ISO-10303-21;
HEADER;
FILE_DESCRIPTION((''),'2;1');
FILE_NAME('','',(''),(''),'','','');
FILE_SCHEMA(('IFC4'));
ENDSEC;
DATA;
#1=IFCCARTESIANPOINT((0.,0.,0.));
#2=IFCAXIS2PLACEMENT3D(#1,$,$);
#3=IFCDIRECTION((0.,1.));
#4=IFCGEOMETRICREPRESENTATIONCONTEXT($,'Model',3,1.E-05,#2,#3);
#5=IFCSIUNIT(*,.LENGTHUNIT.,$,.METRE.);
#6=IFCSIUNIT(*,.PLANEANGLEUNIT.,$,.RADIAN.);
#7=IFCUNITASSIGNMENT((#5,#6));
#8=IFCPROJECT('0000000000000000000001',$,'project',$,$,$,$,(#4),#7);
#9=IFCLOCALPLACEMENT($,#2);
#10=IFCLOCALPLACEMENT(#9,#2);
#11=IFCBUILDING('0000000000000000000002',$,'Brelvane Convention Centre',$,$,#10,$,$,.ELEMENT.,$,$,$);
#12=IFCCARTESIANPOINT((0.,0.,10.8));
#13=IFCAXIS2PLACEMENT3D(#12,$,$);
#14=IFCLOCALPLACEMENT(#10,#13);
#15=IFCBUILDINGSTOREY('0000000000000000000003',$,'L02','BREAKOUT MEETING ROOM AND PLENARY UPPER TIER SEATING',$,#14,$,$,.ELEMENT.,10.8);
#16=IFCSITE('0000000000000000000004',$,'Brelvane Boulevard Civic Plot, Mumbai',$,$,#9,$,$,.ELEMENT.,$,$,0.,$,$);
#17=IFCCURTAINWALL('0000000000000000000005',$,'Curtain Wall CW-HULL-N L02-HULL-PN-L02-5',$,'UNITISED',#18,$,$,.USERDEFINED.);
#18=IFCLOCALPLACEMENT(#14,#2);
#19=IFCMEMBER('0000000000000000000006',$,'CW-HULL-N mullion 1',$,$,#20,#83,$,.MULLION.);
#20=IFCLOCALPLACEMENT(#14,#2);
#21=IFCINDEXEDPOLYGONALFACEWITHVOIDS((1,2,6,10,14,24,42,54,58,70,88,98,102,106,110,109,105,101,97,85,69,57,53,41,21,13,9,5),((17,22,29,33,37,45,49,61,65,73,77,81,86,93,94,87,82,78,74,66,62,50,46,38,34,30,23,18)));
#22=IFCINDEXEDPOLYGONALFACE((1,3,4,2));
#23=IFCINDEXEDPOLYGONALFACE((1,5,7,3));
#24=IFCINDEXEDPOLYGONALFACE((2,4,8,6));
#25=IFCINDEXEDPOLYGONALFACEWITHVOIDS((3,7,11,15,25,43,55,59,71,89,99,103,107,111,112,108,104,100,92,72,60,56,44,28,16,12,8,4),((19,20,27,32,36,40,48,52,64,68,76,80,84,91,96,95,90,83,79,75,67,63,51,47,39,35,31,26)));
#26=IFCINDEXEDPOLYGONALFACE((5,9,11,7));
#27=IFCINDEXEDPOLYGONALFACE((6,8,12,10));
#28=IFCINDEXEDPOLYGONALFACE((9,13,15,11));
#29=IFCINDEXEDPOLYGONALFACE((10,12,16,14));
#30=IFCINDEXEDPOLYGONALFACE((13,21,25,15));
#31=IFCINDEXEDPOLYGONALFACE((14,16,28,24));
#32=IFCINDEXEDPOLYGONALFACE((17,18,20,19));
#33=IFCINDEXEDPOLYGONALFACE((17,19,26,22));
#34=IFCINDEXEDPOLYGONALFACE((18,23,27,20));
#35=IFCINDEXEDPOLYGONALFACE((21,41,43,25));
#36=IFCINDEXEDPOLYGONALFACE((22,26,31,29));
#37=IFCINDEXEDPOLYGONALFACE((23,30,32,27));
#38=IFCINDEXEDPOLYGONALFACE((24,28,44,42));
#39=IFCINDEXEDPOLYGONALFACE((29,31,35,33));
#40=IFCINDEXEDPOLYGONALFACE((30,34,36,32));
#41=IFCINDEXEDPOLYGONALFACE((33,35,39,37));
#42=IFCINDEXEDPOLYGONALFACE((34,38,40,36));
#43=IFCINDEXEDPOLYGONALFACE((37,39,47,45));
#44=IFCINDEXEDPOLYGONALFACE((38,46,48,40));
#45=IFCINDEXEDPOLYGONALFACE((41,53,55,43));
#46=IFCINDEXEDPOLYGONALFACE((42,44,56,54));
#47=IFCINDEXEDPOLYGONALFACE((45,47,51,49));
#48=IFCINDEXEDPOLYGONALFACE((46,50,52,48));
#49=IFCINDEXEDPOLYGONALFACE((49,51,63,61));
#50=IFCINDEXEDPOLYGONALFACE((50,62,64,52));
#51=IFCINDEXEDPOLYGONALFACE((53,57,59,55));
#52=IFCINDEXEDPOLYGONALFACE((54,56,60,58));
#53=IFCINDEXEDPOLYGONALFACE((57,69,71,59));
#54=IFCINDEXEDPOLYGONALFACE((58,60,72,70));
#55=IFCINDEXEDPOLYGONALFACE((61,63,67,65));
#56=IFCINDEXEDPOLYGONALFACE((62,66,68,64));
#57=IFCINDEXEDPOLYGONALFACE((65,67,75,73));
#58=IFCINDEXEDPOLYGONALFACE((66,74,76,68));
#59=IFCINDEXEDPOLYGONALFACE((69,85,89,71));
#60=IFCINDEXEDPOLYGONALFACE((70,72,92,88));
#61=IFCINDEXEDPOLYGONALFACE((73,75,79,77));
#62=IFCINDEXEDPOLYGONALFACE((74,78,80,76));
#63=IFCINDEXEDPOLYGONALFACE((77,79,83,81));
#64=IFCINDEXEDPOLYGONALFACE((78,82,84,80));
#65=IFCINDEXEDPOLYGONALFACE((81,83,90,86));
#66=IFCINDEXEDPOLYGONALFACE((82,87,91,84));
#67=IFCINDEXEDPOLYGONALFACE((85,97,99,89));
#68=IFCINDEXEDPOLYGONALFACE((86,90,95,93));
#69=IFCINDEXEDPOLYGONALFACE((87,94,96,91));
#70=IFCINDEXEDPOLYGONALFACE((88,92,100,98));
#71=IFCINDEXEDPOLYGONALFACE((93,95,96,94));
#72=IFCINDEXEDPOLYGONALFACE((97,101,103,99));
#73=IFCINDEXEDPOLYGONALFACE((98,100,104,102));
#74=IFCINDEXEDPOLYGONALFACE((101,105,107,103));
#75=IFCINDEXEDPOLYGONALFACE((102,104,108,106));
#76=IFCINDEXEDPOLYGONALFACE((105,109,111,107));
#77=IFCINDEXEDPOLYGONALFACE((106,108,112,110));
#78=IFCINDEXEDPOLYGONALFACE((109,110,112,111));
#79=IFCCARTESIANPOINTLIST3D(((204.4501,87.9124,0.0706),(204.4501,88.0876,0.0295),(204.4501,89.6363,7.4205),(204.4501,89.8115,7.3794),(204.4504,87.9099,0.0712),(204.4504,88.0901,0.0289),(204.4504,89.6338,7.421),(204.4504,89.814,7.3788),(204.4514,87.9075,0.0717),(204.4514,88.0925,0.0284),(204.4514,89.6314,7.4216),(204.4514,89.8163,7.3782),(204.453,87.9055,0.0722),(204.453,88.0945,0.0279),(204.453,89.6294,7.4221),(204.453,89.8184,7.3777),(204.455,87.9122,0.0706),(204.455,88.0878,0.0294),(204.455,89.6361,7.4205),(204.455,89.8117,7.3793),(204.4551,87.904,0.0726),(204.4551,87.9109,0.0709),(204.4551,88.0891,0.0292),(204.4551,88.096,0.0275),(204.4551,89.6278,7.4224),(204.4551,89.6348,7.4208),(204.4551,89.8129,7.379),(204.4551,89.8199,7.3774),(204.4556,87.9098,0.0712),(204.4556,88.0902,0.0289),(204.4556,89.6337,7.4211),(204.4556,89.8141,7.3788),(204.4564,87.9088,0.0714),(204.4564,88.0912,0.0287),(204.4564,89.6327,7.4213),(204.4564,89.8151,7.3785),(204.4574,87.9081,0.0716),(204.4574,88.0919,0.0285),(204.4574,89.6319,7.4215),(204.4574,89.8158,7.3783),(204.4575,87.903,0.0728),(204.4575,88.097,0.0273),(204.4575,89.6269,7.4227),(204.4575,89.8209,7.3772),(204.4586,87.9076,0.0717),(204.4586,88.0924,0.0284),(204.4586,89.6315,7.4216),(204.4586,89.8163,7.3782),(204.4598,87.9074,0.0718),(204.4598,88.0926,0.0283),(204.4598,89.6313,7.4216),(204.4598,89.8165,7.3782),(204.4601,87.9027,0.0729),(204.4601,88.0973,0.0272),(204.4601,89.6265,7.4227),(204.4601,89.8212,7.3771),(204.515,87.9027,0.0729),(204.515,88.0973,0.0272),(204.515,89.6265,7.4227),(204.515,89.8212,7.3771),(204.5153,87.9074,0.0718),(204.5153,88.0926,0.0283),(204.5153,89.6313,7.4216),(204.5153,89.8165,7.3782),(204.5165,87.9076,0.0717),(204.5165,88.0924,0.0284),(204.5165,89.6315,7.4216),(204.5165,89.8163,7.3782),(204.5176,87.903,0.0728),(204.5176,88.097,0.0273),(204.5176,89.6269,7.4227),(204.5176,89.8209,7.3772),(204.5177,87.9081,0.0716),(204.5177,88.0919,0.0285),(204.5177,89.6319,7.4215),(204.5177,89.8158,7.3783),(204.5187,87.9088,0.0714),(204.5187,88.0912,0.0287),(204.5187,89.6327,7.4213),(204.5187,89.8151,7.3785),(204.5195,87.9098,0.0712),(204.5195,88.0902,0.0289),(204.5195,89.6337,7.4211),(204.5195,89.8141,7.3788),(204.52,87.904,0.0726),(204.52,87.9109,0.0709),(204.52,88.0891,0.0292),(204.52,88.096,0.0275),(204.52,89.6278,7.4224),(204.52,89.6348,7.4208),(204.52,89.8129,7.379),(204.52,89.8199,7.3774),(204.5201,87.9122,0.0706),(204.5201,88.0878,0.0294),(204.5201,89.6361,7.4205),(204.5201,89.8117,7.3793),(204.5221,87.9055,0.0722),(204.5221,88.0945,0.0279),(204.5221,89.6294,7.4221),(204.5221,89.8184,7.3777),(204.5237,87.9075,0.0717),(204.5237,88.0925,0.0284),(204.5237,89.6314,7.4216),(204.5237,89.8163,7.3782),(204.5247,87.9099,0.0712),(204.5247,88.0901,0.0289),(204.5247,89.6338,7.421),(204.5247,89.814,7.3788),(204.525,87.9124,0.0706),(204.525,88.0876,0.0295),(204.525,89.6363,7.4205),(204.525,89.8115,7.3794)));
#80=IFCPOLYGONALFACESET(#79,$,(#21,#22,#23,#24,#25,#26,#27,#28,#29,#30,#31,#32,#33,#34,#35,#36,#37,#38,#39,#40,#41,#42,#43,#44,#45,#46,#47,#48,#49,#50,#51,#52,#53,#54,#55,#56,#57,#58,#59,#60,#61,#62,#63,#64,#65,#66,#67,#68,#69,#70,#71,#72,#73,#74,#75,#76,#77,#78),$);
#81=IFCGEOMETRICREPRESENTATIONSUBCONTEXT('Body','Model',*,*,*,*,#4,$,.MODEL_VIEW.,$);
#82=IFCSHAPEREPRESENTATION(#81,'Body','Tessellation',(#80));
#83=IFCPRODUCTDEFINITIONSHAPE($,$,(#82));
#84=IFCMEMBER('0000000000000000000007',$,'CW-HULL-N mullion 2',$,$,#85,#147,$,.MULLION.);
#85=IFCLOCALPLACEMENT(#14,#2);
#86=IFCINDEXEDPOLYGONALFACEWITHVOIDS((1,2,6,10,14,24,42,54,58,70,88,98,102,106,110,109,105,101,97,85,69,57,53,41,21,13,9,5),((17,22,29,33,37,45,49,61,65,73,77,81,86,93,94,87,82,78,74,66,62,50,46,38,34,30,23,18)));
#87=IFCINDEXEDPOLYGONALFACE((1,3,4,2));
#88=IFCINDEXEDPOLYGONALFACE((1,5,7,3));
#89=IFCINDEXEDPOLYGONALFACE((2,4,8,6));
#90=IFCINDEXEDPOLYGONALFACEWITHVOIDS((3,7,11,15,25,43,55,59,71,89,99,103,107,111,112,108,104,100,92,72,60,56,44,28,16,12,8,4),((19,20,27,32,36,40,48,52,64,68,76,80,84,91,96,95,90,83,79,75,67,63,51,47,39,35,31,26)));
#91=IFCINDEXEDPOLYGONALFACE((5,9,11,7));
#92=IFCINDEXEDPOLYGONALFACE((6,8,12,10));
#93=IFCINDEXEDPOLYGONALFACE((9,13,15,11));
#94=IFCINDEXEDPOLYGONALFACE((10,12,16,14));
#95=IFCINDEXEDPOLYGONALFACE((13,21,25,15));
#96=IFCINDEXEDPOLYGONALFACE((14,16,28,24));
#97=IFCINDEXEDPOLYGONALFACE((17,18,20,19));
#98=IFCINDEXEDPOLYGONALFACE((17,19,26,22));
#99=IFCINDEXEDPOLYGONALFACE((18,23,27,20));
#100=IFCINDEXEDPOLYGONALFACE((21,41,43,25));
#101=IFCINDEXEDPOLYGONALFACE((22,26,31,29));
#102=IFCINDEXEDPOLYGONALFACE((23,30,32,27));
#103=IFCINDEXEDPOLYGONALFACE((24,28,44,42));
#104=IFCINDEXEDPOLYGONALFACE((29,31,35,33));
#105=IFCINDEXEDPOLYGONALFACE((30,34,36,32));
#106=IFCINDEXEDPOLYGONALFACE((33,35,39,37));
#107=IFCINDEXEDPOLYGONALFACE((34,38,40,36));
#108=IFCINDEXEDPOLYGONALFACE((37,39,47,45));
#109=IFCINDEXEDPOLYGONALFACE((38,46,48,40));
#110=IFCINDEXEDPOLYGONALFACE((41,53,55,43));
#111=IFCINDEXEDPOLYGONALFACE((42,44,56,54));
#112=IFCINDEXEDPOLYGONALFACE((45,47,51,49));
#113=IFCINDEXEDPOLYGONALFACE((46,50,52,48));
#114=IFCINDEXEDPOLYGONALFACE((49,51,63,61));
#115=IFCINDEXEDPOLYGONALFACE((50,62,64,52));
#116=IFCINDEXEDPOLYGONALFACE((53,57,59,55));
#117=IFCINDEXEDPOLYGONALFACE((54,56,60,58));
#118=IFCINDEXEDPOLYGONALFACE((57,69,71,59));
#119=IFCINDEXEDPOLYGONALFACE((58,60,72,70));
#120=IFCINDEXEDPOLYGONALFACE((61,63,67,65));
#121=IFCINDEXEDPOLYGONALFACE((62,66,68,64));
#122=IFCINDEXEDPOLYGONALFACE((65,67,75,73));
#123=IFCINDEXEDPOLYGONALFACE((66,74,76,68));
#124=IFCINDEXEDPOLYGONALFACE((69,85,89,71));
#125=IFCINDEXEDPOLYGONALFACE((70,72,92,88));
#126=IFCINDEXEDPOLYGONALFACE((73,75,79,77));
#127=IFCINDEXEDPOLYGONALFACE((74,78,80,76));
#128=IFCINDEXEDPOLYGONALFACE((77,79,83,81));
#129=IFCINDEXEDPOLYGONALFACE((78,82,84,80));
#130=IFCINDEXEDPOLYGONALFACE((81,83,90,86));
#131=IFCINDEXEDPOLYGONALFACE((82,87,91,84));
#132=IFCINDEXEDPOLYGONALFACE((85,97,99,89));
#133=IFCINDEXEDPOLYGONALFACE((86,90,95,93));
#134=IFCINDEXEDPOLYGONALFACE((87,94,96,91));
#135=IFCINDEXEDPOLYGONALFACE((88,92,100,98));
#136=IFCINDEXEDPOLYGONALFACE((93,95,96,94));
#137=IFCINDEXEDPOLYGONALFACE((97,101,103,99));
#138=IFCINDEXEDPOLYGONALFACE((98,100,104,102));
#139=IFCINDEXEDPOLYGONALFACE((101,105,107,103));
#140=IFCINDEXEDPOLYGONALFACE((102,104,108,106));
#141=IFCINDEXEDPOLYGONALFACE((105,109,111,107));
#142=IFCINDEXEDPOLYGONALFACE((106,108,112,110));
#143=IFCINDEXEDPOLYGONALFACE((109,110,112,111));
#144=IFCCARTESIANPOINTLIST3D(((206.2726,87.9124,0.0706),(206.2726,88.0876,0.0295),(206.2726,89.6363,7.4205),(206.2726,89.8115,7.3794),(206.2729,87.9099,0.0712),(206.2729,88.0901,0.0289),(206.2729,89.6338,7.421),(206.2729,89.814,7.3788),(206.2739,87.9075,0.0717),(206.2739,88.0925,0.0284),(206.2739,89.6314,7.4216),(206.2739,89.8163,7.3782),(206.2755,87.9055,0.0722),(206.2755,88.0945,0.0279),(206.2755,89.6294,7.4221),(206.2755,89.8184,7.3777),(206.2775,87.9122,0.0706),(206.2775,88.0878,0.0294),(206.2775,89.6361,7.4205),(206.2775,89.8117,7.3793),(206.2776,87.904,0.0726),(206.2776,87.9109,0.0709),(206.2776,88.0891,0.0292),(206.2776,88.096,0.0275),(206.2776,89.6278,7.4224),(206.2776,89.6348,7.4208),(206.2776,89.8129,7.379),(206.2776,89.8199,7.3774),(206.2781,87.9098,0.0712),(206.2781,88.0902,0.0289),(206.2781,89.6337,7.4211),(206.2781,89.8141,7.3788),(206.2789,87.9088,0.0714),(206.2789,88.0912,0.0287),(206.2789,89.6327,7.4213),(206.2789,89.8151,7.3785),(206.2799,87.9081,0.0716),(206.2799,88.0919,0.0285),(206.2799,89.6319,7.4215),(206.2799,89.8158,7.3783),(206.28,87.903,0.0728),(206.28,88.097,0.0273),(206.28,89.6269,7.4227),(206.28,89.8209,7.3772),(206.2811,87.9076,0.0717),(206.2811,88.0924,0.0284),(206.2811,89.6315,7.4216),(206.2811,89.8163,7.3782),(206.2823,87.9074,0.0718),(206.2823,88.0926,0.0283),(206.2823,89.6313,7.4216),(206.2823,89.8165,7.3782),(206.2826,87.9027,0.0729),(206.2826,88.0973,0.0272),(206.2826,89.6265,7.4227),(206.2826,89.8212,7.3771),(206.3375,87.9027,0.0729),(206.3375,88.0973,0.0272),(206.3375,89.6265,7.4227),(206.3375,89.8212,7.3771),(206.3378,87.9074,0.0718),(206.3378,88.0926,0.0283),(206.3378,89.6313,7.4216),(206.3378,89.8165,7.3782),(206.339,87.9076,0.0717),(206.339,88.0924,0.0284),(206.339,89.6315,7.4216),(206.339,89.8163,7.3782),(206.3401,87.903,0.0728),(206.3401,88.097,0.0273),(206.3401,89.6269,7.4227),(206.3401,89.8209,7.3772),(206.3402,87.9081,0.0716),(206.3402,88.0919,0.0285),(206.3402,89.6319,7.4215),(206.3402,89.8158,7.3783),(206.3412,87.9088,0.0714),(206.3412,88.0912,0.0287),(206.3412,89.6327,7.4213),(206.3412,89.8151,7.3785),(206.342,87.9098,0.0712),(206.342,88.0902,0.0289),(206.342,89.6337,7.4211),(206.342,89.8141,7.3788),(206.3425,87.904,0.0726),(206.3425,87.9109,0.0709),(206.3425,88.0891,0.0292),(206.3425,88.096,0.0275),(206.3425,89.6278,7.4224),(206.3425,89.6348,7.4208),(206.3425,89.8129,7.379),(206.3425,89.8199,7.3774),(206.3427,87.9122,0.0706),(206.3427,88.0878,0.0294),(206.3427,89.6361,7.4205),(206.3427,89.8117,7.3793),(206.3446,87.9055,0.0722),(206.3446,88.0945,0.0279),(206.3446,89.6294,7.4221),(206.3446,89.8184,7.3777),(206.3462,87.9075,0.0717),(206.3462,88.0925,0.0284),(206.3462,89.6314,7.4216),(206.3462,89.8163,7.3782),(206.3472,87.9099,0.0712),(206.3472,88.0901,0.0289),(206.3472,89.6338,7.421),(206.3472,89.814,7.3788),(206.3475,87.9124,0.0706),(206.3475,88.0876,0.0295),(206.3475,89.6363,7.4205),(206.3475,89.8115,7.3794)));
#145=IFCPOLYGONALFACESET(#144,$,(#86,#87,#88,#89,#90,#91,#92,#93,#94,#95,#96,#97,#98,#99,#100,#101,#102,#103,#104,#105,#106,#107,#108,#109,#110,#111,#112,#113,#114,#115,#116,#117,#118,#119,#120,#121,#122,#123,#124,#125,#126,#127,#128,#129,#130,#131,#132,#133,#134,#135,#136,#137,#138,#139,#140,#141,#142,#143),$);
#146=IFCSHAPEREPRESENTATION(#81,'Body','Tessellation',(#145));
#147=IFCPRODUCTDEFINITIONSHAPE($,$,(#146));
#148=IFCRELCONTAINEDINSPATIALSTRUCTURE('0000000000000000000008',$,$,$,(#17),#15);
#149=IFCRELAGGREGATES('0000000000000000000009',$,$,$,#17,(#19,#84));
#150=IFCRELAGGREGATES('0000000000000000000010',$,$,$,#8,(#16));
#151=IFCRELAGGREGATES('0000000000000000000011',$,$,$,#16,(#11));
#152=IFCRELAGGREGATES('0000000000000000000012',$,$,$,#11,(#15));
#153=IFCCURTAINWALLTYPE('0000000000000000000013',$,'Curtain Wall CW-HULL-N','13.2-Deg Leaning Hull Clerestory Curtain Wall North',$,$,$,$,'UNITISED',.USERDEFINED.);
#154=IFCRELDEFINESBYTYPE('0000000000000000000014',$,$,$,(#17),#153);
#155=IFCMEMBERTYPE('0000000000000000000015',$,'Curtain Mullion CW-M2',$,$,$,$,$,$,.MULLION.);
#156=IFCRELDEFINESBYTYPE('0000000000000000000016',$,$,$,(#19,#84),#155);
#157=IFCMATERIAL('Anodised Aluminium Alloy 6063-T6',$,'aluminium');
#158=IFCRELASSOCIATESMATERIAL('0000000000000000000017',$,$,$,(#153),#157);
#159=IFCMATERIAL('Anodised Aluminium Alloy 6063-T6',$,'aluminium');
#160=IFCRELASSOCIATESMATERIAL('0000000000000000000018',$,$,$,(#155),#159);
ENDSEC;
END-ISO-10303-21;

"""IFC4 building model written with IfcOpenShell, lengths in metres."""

from ifc_helpers import new_model, si_unit, direction, frame, origin, origin_2d, place, context, subcontext, project, spatial, hollow_rectangle, extrude, material, material_profile, profile_set, type_object, element, aggregate, save


model = new_model("IFC4")

# Units and contexts
model_context = context("Model", 3, precision=1e-05, world=origin(), true_north=direction((0.0, 1.0)))
body_context = subcontext(model_context, "Body", "Model", "MODEL_VIEW")
ifc_project = project(units=[si_unit("LENGTHUNIT", "METRE"), si_unit("PLANEANGLEUNIT", "RADIAN")], contexts=[model_context])

# Site, building, storey
site_placement = place(None, origin())
site = spatial("IfcSite", under=ifc_project, at=site_placement, Name="Brelvane Boulevard Civic Plot, Mumbai", CompositionType="ELEMENT", RefElevation=0.0)
building_placement = place(site_placement, origin())
building = spatial("IfcBuilding", under=site, at=building_placement, Name="Brelvane Convention Centre", CompositionType="ELEMENT")
storey_placement = place(building_placement, frame((0.0, 0.0, 10.8)))
storey = spatial("IfcBuildingStorey", under=building, at=storey_placement, Name="L02", Description="BREAKOUT MEETING ROOM AND PLENARY UPPER TIER SEATING", CompositionType="ELEMENT", Elevation=10.8)

# Curtain wall, members
ifc_material_1 = material(Name="Anodised Aluminium Alloy 6063-T6", Category="aluminium")
curtain_wall_type = type_object("IfcCurtainWallType", Name="Curtain Wall CW-HULL-N", Description="13.2-Deg Leaning Hull Clerestory Curtain Wall North", ElementType="UNITISED", PredefinedType="USERDEFINED", material=ifc_material_1)
ifc_material_2 = material(Name="Anodised Aluminium Alloy 6063-T6", Category="aluminium")
ifc_material_profile_1 = material_profile(ifc_material_2, hollow_rectangle(XDim=0.075, YDim=0.2, WallThickness=0.0049, InnerFilletRadius=0.0049, OuterFilletRadius=0.01, at=origin_2d()), Name="ALU-M 200x75x5.0")
ifc_profile_set_1 = profile_set([ifc_material_profile_1], Name="Anodised Aluminium Alloy 6063-T6")
member_type_1 = type_object("IfcMemberType", Name="Curtain Mullion CW-M2", PredefinedType="MULLION", material=ifc_profile_set_1)
curtain_wall_1_placement = place(storey_placement, origin())
curtain_wall_1 = element("IfcCurtainWall", 1, at=curtain_wall_1_placement, inside=storey, type_object=curtain_wall_type, Name="Curtain Wall CW-HULL-N L02-HULL-PN-L02-5", ObjectType="UNITISED", PredefinedType="USERDEFINED")
member_1_placement = place(storey_placement, frame((204.4875, 88.0, 0.05), z_axis=(0.0, 0.228349, 0.973579), x_axis=(-1.0, 0.0, 0.0)))
member_1 = element("IfcMember", 2, at=member_1_placement, type_object=member_type_1, Name="CW-HULL-N mullion 1", PredefinedType="MULLION", context=body_context, shape_type="SweptSolid", body=[
    extrude(hollow_rectangle(XDim=0.075, YDim=0.2, WallThickness=0.0049, InnerFilletRadius=0.0049, OuterFilletRadius=0.01, at=origin_2d()), origin(), (0.0, 0.0, 1.0), 7.5493),
])
member_2_placement = place(storey_placement, frame((206.3101, 88.0, 0.05), z_axis=(0.0, 0.228349, 0.973579), x_axis=(-1.0, 0.0, 0.0)))
member_2 = element("IfcMember", 3, at=member_2_placement, type_object=member_type_1, Name="CW-HULL-N mullion 2", PredefinedType="MULLION", context=body_context, shape_type="SweptSolid", body=[
    extrude(hollow_rectangle(XDim=0.075, YDim=0.2, WallThickness=0.0049, InnerFilletRadius=0.0049, OuterFilletRadius=0.01, at=origin_2d()), origin(), (0.0, 0.0, 1.0), 7.5493),
])

aggregate(curtain_wall_1, [member_1, member_2])

save(model, "model.ifc")
